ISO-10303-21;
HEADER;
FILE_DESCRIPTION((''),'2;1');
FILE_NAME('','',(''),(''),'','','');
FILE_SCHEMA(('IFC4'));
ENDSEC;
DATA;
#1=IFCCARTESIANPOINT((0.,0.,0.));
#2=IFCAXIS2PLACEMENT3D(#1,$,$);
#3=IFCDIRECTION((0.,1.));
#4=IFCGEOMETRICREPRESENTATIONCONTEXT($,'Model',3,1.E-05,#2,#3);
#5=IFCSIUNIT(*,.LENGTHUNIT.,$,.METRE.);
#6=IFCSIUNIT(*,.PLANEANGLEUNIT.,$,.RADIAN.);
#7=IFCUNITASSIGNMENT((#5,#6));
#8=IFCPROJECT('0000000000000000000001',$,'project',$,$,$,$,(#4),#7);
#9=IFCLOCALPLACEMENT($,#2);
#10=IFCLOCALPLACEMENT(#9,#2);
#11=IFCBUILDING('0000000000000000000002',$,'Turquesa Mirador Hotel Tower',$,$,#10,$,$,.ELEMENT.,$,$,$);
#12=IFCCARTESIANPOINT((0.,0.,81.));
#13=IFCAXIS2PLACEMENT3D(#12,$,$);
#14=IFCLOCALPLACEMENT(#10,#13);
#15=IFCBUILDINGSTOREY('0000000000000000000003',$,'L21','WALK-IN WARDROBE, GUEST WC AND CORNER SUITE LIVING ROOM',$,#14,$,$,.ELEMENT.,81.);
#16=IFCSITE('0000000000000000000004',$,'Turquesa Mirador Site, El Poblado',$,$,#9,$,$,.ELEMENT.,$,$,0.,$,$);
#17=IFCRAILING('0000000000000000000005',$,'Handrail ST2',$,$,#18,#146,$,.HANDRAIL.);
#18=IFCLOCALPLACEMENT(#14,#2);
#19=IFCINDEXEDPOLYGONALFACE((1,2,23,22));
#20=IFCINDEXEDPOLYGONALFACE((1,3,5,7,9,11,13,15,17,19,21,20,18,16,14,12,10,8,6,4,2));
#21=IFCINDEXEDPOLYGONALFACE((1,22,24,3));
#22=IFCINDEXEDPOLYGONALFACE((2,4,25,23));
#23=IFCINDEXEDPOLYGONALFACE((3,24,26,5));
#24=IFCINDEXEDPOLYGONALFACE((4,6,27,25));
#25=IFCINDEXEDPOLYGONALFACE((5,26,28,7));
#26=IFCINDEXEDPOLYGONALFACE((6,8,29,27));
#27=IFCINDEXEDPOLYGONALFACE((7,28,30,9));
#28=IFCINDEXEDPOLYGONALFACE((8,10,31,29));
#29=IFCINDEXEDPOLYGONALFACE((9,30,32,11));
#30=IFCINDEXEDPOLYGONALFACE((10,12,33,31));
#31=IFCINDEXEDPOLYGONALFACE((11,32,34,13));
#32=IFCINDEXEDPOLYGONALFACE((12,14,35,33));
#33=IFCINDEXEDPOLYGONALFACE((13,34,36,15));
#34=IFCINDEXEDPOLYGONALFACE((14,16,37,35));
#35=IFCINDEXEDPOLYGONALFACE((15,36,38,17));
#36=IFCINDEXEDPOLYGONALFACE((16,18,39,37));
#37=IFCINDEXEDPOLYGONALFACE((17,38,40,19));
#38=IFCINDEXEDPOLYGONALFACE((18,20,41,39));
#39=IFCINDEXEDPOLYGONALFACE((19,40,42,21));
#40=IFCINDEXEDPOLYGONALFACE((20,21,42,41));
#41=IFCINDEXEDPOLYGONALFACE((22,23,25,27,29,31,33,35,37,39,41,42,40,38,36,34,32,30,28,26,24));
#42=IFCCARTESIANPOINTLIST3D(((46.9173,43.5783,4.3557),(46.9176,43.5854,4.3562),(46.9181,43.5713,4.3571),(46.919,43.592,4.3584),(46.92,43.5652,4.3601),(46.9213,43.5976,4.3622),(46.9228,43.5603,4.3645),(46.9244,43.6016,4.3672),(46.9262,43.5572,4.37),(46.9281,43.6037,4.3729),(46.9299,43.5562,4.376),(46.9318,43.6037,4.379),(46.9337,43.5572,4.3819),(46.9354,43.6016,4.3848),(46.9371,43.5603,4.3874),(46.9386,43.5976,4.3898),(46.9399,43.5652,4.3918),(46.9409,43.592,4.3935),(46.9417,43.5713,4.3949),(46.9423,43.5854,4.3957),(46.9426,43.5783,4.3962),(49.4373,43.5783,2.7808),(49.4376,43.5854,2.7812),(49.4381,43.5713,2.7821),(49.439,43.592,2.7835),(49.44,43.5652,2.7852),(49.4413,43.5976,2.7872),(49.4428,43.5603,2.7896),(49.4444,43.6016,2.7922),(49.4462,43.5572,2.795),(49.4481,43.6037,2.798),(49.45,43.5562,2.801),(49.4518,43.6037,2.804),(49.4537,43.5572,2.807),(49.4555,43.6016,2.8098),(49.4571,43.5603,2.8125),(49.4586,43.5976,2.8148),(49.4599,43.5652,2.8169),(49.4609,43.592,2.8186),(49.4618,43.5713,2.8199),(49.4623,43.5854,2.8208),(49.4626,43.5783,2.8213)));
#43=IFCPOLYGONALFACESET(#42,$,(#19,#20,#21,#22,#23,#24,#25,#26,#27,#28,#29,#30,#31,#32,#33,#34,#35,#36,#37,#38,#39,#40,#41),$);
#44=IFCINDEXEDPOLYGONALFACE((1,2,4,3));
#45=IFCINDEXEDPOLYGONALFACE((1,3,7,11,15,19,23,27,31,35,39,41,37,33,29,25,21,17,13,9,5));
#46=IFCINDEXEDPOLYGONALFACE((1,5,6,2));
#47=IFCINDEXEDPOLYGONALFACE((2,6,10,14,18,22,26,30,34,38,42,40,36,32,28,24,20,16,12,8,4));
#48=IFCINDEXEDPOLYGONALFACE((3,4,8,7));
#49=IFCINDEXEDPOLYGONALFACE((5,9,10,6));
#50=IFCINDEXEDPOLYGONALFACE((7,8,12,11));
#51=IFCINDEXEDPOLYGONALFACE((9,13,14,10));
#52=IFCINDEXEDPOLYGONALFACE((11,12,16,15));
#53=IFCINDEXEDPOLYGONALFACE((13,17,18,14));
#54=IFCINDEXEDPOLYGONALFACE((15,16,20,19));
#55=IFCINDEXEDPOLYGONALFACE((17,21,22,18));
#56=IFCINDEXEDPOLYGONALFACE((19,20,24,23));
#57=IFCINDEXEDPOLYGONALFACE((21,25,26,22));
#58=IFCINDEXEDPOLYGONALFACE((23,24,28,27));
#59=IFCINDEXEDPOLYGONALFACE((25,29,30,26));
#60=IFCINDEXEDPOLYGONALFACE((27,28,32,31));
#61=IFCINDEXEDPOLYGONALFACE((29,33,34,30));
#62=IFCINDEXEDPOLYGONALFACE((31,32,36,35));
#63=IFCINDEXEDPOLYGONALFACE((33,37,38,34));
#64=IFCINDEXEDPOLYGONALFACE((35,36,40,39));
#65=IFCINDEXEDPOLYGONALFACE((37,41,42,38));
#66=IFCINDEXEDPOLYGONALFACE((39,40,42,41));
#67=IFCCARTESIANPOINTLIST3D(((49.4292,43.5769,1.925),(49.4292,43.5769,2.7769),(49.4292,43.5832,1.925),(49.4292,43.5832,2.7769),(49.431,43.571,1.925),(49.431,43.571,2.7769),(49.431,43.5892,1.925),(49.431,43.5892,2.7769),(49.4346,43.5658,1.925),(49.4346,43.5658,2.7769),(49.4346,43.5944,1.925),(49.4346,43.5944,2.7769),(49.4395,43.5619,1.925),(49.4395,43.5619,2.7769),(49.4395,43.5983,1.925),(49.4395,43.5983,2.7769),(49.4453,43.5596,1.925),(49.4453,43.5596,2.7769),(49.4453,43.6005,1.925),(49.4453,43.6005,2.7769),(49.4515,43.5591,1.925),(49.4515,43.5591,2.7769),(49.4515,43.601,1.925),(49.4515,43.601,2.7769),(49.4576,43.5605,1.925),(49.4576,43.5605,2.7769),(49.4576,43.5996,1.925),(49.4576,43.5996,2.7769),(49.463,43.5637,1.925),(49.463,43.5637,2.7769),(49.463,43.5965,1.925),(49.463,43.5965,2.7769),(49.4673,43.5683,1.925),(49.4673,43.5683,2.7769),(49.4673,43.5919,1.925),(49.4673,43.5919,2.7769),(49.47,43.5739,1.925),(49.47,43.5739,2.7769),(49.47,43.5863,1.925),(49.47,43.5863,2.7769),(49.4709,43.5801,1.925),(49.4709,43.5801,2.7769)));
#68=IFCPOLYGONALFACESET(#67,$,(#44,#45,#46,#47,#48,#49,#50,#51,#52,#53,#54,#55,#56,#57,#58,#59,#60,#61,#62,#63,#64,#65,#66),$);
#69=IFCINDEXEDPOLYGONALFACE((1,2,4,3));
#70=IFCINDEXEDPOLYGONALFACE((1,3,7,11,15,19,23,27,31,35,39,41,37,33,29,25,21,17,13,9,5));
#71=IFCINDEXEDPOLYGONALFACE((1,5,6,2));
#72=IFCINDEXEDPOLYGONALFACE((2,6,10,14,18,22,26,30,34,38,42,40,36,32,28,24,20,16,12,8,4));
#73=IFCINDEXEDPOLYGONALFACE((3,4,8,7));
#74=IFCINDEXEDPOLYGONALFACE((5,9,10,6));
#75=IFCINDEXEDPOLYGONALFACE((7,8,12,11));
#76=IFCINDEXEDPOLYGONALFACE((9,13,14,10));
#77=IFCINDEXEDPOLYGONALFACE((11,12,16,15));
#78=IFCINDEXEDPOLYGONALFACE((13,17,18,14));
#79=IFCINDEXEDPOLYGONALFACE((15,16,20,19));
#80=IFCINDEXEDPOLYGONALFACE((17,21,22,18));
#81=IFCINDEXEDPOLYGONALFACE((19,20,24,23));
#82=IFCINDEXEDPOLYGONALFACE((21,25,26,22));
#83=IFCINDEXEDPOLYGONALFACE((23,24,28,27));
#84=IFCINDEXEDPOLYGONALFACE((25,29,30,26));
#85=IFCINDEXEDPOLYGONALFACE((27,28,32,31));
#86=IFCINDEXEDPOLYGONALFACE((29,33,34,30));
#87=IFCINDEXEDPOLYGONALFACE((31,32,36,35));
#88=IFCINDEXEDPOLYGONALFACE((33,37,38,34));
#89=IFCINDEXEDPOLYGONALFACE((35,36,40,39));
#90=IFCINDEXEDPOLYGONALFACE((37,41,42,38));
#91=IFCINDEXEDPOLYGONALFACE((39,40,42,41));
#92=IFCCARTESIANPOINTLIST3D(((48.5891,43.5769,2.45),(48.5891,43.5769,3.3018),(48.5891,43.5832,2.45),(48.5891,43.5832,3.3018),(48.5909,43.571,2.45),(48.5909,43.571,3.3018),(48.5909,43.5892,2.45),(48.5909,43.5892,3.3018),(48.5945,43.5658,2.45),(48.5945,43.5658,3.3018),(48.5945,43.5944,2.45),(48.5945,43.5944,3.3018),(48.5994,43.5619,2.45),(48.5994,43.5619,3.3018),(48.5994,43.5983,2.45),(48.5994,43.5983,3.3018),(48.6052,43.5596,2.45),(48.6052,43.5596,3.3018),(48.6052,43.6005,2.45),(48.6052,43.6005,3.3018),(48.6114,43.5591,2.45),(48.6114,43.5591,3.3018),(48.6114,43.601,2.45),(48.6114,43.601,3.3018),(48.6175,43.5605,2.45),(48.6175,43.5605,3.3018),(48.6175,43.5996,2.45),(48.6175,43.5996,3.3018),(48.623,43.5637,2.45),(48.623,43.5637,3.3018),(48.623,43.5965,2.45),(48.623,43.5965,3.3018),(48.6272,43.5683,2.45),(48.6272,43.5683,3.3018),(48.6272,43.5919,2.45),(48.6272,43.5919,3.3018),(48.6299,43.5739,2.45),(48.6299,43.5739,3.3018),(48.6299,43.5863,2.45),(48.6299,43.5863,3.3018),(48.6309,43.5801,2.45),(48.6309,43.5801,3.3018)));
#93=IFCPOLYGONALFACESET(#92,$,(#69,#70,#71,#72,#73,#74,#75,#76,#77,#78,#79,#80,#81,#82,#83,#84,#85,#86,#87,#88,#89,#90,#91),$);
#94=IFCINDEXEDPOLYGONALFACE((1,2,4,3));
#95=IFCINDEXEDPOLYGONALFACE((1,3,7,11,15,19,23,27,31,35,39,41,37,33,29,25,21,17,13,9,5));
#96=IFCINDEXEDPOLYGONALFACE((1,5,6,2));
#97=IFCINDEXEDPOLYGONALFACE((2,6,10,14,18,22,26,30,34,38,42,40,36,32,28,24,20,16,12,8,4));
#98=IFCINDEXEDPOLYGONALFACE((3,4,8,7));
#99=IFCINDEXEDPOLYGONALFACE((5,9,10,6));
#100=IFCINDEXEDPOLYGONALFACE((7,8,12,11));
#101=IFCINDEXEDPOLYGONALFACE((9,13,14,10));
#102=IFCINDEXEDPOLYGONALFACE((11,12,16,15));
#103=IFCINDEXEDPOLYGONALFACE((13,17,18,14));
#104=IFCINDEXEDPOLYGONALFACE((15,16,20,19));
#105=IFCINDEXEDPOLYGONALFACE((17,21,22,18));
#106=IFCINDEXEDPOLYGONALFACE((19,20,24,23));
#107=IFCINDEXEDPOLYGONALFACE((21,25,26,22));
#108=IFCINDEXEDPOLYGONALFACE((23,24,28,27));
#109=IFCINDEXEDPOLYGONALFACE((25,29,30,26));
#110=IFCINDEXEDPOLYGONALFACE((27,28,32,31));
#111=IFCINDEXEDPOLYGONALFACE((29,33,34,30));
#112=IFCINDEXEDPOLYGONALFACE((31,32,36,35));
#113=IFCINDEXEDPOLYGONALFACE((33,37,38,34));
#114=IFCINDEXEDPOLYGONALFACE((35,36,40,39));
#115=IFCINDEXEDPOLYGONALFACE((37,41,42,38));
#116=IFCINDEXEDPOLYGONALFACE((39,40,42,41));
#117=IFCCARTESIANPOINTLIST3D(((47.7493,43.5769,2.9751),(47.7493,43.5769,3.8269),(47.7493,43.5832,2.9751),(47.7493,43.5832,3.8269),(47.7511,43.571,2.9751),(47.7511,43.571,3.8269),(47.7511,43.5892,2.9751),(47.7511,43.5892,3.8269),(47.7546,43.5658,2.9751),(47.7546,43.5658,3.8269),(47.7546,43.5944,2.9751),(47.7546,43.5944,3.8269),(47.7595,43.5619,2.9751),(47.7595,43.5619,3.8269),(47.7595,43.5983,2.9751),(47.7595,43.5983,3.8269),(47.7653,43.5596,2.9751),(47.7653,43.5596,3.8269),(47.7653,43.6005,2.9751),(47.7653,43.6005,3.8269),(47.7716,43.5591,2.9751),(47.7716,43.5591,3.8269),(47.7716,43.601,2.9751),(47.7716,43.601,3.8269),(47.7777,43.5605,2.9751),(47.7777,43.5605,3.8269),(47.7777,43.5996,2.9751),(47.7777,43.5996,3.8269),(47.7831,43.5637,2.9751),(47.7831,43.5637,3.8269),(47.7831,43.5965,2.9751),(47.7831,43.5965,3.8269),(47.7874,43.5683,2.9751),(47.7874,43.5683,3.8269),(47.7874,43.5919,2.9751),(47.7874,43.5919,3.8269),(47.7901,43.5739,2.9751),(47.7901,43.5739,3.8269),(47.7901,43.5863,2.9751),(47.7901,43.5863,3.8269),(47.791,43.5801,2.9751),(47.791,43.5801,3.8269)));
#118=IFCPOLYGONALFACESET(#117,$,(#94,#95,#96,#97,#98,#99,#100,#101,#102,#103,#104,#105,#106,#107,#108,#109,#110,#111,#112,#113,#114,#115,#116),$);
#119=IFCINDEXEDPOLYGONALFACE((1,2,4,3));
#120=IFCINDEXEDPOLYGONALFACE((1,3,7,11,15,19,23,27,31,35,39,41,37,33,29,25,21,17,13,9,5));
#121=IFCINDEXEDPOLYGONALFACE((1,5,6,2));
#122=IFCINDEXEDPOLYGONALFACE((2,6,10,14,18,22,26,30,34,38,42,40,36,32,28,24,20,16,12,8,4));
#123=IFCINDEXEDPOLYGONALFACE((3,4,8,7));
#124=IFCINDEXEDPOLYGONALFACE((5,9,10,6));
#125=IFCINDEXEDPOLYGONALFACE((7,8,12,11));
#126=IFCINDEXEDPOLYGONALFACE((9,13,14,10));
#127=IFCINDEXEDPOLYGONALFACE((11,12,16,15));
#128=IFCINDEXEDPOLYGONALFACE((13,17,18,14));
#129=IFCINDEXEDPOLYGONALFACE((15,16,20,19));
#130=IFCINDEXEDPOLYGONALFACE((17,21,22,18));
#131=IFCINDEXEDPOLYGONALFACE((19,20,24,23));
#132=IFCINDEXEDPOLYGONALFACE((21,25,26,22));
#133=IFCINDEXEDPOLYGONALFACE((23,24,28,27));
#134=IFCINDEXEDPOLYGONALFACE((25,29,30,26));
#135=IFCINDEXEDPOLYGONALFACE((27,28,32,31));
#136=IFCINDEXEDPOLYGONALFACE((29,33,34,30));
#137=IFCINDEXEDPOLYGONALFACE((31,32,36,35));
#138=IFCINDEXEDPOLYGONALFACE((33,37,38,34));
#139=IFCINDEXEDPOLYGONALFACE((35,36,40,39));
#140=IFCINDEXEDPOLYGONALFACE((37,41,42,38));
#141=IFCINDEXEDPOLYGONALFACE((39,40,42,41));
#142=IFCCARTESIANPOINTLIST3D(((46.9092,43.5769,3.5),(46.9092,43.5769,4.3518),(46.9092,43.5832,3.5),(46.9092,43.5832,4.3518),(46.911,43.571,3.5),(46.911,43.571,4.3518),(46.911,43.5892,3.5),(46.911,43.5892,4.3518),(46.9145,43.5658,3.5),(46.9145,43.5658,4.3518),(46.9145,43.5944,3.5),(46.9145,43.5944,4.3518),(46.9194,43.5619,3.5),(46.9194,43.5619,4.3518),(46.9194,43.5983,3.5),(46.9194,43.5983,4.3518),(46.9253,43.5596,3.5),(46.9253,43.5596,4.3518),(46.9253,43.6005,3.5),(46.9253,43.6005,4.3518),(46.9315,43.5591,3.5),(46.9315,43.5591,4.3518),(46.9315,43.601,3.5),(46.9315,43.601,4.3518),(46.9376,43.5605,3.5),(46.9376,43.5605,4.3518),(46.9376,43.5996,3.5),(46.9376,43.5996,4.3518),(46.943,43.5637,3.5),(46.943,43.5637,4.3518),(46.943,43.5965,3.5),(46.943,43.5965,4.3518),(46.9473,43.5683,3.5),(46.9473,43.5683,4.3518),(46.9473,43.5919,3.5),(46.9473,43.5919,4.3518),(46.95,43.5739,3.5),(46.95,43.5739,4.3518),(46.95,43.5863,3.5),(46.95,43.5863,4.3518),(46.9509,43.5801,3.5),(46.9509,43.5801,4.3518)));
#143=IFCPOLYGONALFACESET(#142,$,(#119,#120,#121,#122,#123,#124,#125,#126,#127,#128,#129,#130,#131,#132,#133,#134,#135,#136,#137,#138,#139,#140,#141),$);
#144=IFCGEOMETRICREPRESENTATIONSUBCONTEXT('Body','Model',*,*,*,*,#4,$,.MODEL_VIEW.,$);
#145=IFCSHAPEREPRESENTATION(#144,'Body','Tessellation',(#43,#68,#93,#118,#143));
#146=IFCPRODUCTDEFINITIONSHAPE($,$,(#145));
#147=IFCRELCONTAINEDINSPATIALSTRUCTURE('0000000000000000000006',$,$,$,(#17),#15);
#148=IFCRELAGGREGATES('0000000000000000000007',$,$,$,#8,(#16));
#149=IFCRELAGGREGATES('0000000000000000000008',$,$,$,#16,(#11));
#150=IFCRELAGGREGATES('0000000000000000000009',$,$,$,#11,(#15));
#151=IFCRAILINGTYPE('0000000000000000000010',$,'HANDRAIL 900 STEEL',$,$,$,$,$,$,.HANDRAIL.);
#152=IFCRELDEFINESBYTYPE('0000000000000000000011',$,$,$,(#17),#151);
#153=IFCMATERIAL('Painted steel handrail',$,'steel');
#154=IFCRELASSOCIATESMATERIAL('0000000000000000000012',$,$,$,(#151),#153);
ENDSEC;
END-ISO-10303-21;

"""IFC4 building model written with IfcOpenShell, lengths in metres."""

from ifc_helpers import new_model, si_unit, direction, frame, origin, origin_2d, place, context, subcontext, project, spatial, circle, extrude, material, type_object, element, save


model = new_model("IFC4")

# Units and contexts
model_context = context("Model", 3, precision=1e-05, world=origin(), true_north=direction((0.0, 1.0)))
body_context = subcontext(model_context, "Body", "Model", "MODEL_VIEW")
ifc_project = project(units=[si_unit("LENGTHUNIT", "METRE"), si_unit("PLANEANGLEUNIT", "RADIAN")], contexts=[model_context])

# Site, building, storey
site_placement = place(None, origin())
site = spatial("IfcSite", under=ifc_project, at=site_placement, Name="Turquesa Mirador Site, El Poblado", CompositionType="ELEMENT", RefElevation=0.0)
building_placement = place(site_placement, origin())
building = spatial("IfcBuilding", under=site, at=building_placement, Name="Turquesa Mirador Hotel Tower", CompositionType="ELEMENT")
storey_placement = place(building_placement, frame((0.0, 0.0, 81.0)))
storey = spatial("IfcBuildingStorey", under=building, at=storey_placement, Name="L21", Description="WALK-IN WARDROBE, GUEST WC AND CORNER SUITE LIVING ROOM", CompositionType="ELEMENT", Elevation=81.0)

# Railing
ifc_material_1 = material(Name="Painted steel handrail", Category="steel")
railing_type = type_object("IfcRailingType", Name="HANDRAIL 900 STEEL", PredefinedType="HANDRAIL", material=ifc_material_1)
railing_1_placement = place(storey_placement, frame((49.45, 43.5801, 1.925)))
element("IfcRailing", 1, at=railing_1_placement, inside=storey, type_object=railing_type, Name="Handrail ST2", PredefinedType="HANDRAIL", context=body_context, shape_type="SweptSolid", body=[
    extrude(circle(Radius=0.0239, at=origin_2d()), frame((0.0, 0.0, 0.876), z_axis=(-0.848008, 0.0, 0.529984), x_axis=(0.0, -1.0, 0.0)), (0.0, 0.0, 1.0), 2.9717),
    extrude(circle(Radius=0.021, at=origin_2d()), origin(), (0.0, 0.0, 1.0), 0.8518),
    extrude(circle(Radius=0.021, at=origin_2d()), frame((-0.8401, 0.0, 0.5249)), (0.0, 0.0, 1.0), 0.8518),
    extrude(circle(Radius=0.021, at=origin_2d()), frame((-1.6799, 0.0, 1.05)), (0.0, 0.0, 1.0), 0.8518),
    extrude(circle(Radius=0.021, at=origin_2d()), frame((-2.52, 0.0, 1.575)), (0.0, 0.0, 1.0), 0.8518),
])

save(model, "model.ifc")
